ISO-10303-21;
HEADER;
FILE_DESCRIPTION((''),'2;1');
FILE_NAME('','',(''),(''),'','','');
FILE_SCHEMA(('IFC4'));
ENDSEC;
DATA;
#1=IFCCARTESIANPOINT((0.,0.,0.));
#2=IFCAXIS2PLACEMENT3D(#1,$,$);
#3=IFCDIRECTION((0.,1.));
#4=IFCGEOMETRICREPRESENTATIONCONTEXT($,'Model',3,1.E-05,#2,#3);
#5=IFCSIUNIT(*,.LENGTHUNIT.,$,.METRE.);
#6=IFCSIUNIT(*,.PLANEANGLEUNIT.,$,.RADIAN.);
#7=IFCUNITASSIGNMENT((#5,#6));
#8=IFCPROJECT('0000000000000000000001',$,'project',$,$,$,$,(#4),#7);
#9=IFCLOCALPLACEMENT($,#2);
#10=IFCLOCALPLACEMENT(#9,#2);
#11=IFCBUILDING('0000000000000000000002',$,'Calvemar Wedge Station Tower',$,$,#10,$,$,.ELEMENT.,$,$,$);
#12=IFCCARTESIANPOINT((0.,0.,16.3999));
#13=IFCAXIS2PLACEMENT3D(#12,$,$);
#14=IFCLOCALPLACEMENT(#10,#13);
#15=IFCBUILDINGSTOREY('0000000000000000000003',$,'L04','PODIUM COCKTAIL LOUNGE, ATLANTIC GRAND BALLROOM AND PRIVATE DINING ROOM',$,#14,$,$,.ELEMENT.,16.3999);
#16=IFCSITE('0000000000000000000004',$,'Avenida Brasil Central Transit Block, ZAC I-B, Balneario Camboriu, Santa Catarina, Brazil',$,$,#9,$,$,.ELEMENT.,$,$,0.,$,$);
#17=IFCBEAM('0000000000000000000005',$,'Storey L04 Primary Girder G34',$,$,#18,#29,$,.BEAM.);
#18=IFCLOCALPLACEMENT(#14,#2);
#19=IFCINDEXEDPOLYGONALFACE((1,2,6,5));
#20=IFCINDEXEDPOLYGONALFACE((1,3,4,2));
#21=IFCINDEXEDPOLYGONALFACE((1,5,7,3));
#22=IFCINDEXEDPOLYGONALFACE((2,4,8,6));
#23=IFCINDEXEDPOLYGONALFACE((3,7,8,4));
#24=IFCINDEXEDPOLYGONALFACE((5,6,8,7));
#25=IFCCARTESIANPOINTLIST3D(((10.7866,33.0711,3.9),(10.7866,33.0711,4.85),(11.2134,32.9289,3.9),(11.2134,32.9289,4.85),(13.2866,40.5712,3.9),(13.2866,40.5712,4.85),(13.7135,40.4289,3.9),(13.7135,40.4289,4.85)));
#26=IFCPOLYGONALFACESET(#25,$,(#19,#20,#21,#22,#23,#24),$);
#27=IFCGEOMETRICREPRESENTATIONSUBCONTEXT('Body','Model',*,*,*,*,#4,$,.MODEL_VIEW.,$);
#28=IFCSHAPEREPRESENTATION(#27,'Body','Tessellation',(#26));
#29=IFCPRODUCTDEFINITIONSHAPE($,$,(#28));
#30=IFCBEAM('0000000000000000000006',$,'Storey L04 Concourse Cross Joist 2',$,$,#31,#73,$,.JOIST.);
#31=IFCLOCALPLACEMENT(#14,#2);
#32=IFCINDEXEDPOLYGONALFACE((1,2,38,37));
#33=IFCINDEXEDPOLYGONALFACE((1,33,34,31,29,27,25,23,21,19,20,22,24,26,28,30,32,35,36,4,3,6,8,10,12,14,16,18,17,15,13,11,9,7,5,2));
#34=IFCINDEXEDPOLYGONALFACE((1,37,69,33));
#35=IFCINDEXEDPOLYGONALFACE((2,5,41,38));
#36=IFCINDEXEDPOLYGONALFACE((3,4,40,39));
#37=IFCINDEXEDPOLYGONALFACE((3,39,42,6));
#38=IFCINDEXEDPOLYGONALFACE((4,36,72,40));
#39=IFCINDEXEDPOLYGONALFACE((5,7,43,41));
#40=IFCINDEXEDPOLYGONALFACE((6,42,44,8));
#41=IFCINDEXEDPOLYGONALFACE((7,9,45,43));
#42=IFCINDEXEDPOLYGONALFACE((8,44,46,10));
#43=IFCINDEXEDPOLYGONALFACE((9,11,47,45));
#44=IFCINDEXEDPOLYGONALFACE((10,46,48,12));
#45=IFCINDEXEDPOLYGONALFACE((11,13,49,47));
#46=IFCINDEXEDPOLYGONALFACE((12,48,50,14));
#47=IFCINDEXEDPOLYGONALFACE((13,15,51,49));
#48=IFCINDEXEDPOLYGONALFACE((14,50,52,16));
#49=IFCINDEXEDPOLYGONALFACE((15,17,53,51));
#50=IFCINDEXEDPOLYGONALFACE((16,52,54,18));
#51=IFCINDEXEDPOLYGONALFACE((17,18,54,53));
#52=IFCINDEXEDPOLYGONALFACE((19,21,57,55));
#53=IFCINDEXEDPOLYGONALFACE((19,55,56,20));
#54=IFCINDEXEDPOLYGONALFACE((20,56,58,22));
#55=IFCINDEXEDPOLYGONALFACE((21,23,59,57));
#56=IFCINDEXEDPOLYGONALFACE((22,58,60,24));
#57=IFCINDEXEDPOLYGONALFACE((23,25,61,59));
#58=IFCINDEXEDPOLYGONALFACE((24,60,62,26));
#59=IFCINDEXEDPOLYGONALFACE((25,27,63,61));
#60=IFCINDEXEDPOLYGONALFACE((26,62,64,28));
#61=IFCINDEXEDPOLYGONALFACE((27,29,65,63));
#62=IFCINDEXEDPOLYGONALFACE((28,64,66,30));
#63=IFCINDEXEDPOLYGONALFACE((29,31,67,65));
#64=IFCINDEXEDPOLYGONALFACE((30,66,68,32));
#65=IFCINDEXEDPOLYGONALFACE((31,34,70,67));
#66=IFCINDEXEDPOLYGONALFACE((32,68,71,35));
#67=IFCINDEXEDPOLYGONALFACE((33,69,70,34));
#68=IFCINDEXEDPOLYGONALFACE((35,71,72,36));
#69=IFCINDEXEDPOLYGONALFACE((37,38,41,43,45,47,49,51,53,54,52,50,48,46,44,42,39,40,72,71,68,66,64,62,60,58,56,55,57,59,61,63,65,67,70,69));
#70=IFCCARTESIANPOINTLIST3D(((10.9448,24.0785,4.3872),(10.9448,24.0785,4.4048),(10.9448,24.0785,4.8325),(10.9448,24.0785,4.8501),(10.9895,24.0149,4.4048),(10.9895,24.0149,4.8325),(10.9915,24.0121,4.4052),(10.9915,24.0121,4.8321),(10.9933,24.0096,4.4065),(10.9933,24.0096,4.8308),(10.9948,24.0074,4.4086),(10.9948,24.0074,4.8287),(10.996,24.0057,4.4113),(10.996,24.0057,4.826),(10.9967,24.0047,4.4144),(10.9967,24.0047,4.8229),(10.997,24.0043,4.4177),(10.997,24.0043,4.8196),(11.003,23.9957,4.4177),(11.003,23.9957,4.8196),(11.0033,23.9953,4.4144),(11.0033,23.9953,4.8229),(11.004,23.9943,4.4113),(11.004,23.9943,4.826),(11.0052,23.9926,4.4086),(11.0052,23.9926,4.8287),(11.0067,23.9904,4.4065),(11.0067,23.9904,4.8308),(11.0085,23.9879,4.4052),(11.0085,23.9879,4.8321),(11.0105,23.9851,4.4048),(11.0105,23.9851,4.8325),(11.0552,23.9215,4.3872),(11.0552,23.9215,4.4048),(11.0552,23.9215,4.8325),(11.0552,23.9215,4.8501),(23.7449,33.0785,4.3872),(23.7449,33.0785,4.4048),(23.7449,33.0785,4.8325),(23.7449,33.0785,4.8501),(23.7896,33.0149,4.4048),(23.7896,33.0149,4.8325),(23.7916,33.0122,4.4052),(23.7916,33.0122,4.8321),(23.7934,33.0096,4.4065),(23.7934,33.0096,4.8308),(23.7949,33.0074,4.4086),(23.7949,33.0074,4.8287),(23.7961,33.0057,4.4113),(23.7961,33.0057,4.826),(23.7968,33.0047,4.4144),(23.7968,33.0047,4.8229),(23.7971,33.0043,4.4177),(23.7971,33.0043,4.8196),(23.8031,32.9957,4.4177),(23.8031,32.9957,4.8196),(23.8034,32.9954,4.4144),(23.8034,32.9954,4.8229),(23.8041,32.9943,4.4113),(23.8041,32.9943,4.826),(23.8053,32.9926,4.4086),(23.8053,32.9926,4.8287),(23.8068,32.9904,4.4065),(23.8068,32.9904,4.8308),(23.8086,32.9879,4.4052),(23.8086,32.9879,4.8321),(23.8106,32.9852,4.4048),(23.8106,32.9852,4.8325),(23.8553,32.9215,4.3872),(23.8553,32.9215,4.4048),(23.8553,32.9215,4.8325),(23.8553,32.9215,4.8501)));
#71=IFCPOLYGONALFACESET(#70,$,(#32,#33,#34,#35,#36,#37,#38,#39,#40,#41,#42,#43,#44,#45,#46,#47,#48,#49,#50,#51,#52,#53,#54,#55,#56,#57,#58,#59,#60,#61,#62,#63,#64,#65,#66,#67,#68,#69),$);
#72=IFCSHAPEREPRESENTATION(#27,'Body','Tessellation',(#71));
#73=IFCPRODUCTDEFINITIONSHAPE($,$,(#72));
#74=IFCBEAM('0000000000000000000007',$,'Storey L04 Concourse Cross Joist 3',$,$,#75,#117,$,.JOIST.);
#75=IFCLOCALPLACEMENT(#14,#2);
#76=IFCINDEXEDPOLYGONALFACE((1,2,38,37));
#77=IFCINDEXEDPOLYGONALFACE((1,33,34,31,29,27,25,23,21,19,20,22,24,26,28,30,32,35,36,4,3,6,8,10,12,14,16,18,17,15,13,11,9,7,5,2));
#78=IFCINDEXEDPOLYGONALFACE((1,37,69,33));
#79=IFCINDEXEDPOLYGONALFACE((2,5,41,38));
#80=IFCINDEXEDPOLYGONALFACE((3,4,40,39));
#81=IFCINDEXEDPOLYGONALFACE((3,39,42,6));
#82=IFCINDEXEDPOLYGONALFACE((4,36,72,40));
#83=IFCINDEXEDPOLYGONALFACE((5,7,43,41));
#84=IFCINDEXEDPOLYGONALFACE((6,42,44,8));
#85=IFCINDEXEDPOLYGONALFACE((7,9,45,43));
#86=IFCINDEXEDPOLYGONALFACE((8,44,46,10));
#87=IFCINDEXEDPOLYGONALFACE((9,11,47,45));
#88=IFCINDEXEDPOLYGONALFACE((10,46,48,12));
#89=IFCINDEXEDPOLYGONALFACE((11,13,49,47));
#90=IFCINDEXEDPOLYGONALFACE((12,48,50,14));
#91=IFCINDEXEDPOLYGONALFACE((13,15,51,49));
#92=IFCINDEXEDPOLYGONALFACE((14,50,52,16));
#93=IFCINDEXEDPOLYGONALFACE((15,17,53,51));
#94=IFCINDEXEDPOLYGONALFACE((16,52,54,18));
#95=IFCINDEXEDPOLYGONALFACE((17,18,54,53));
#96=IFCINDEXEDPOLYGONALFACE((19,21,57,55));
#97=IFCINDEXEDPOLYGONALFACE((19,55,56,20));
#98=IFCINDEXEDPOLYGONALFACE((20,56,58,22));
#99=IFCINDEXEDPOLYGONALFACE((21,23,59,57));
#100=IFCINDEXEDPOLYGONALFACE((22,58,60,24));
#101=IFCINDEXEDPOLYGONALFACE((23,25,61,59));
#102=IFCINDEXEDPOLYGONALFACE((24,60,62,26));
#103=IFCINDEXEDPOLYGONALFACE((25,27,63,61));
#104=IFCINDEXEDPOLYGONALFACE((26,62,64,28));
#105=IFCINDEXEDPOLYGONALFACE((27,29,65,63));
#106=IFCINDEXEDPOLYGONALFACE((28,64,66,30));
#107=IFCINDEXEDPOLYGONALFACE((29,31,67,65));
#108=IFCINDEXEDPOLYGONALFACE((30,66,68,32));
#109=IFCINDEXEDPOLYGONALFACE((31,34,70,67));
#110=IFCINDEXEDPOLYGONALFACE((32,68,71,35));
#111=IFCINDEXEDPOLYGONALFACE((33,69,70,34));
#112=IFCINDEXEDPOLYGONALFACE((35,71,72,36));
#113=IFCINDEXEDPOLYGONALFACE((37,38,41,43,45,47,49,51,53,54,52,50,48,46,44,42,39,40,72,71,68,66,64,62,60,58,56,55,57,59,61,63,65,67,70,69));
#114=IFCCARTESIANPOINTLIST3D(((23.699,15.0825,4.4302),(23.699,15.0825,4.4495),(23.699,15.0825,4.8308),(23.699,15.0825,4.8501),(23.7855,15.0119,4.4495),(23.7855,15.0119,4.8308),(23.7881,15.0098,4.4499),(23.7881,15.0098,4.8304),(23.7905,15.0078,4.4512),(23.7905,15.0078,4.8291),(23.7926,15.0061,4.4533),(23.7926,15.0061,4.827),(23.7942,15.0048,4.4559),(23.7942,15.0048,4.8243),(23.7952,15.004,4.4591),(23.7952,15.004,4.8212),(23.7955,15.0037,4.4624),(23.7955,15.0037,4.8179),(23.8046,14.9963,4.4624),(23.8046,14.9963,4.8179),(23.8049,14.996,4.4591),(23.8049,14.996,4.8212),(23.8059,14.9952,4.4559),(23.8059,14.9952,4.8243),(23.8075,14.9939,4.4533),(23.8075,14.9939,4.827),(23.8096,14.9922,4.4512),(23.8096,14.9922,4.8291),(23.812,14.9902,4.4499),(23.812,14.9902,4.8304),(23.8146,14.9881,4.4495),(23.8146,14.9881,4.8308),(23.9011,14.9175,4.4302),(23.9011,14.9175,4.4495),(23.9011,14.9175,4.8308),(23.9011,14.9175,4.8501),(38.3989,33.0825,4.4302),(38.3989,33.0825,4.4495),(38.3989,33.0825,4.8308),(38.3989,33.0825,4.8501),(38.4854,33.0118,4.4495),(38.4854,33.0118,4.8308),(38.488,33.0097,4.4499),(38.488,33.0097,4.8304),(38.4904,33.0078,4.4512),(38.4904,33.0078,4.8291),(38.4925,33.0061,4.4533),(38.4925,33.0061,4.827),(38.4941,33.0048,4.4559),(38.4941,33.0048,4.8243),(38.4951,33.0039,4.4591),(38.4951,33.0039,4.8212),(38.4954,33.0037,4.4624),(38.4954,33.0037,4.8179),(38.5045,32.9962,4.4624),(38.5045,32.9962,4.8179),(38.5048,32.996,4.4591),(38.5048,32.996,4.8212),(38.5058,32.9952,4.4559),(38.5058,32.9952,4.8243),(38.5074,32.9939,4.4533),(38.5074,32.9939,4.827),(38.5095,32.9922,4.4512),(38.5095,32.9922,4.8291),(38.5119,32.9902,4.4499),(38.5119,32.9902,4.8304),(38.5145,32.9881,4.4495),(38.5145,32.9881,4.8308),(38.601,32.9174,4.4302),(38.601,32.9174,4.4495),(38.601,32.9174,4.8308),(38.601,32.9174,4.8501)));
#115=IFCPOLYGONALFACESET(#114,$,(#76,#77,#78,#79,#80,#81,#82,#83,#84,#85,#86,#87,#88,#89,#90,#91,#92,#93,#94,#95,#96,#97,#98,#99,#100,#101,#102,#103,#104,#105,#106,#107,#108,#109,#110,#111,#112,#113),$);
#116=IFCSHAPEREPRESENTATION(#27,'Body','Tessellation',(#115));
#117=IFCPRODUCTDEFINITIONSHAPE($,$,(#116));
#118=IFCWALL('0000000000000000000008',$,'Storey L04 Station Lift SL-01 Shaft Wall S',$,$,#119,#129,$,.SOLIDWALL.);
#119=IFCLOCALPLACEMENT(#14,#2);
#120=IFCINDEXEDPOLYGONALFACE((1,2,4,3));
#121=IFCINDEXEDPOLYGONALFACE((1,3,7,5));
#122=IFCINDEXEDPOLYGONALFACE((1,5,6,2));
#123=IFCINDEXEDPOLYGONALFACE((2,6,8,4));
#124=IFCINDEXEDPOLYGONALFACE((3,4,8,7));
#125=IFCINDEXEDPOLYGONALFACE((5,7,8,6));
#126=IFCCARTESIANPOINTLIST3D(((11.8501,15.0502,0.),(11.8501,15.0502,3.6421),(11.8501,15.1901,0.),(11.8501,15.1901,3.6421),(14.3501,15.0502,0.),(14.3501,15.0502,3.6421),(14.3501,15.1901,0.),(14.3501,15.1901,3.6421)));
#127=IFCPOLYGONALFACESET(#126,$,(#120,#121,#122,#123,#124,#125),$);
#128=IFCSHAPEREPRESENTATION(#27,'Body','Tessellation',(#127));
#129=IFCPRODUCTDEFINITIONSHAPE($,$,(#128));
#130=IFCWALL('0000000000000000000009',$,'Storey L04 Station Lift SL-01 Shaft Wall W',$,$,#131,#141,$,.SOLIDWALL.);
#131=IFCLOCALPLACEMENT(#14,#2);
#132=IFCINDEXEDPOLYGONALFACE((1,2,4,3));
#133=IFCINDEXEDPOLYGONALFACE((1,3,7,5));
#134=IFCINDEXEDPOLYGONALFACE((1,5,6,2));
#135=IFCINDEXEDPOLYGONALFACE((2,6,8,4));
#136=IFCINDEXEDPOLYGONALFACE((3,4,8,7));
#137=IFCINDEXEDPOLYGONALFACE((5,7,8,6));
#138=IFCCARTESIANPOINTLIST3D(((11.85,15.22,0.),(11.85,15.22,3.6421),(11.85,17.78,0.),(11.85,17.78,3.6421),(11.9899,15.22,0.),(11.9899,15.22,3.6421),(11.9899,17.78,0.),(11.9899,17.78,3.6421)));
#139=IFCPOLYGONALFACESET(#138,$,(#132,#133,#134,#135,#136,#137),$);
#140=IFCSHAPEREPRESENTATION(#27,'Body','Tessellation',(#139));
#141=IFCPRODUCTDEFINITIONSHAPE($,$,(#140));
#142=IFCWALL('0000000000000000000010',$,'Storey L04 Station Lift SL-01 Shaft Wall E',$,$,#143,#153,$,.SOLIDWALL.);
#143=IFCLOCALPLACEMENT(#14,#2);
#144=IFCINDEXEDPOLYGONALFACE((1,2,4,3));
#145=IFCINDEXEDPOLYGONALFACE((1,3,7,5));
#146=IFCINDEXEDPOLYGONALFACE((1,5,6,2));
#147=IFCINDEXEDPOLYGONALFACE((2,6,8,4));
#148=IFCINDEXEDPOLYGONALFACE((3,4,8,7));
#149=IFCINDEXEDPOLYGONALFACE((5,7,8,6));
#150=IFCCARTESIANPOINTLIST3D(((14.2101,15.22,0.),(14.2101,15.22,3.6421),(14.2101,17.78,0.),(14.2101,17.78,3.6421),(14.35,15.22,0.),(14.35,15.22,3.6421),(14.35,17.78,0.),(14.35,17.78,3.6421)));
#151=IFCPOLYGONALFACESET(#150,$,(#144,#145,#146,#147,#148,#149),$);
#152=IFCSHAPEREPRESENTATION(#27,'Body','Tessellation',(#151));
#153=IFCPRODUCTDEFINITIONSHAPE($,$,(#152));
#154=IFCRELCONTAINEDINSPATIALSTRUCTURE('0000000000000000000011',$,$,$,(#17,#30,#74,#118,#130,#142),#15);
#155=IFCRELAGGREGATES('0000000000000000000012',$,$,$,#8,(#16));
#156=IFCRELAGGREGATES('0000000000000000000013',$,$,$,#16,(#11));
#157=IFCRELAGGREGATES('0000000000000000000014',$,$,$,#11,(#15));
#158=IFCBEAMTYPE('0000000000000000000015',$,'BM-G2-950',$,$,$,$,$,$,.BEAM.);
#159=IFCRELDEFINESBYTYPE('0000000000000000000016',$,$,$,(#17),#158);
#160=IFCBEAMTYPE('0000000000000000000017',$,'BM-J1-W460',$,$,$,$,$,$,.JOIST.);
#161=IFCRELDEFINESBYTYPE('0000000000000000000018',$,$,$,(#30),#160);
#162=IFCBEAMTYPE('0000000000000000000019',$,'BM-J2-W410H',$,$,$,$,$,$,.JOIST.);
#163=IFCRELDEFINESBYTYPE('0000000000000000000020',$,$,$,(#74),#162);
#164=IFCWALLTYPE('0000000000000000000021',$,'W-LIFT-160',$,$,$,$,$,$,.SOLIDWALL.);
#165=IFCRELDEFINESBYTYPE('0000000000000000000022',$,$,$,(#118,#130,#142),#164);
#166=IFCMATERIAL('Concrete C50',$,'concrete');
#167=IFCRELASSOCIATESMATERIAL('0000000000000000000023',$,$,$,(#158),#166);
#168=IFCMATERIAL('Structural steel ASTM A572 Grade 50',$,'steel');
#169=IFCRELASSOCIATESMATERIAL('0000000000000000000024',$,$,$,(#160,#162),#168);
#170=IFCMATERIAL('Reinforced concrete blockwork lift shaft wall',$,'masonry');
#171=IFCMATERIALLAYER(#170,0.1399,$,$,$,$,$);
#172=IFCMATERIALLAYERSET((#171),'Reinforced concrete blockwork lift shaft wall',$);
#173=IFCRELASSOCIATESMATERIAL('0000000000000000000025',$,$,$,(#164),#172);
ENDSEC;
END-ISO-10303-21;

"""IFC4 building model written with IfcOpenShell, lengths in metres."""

from ifc_helpers import new_model, si_unit, direction, frame, frame_2d, origin, origin_2d, place, context, subcontext, project, spatial, rectangle, i_section, extrude, source, transform, mapped, material, layer, layer_set, material_profile, profile_set, type_object, element, save


model = new_model("IFC4")

# Units and contexts
model_context = context("Model", 3, precision=1e-05, world=origin(), true_north=direction((0.0, 1.0)))
body_context = subcontext(model_context, "Body", "Model", "MODEL_VIEW")
ifc_project = project(units=[si_unit("LENGTHUNIT", "METRE"), si_unit("PLANEANGLEUNIT", "RADIAN")], contexts=[model_context])

# Site, building, storey
site_placement = place(None, origin())
site = spatial("IfcSite", under=ifc_project, at=site_placement, Name="Avenida Brasil Central Transit Block, ZAC I-B, Balneario Camboriu, Santa Catarina, Brazil", CompositionType="ELEMENT", RefElevation=0.0)
building_placement = place(site_placement, origin())
building = spatial("IfcBuilding", under=site, at=building_placement, Name="Calvemar Wedge Station Tower", CompositionType="ELEMENT")
storey_placement = place(building_placement, frame((0.0, 0.0, 16.3999)))
storey = spatial("IfcBuildingStorey", under=building, at=storey_placement, Name="L04", Description="PODIUM COCKTAIL LOUNGE, ATLANTIC GRAND BALLROOM AND PRIVATE DINING ROOM", CompositionType="ELEMENT", Elevation=16.3999)

# Beams
ifc_material_1 = material(Name="Structural steel ASTM A572 Grade 50", Category="steel")
ifc_material_2 = material(Name="Concrete C50", Category="concrete")
ifc_material_profile_1 = material_profile(ifc_material_2, rectangle(XDim=0.45, YDim=0.95, at=origin_2d()), Name="RC450x950")
ifc_profile_set_1 = profile_set([ifc_material_profile_1], Name="Concrete C50")
beam_type_1 = type_object("IfcBeamType", Name="BM-G2-950", PredefinedType="BEAM", material=ifc_profile_set_1)
shared_shape_1 = source(origin(), body_context, "Body", "SweptSolid", [
    extrude(rectangle(XDim=0.45, YDim=0.95, at=origin_2d()), origin(), (0.0, 0.0, 1.0), 7.9058),
])
beam_1_placement = place(storey_placement, frame((11.0, 33.0, 4.375), z_axis=(0.316228, 0.948683, 0.0), x_axis=(-0.948683, 0.316228, 0.0)))
element("IfcBeam", 1, at=beam_1_placement, inside=storey, type_object=beam_type_1, Name="Storey L04 Primary Girder G34", PredefinedType="BEAM", context=body_context, shape_type="MappedRepresentation", body=[
    mapped(shared_shape_1, transform((0.0, 0.0, 0.0), scale=1.0)),
])
ifc_material_profile_2 = material_profile(ifc_material_1, i_section(OverallWidth=0.1919, OverallDepth=0.4629, WebThickness=0.0105, FlangeThickness=0.0176, FilletRadius=0.0129, at=origin_2d()), Name="W460x89")
ifc_profile_set_2 = profile_set([ifc_material_profile_2], Name="Structural steel ASTM A572 Grade 50")
beam_type_2 = type_object("IfcBeamType", Name="BM-J1-W460", PredefinedType="JOIST", material=ifc_profile_set_2)
shared_shape_2 = source(origin(), body_context, "Body", "SweptSolid", [
    extrude(i_section(OverallWidth=0.1919, OverallDepth=0.4629, WebThickness=0.0105, FlangeThickness=0.0176, FilletRadius=0.0129, at=origin_2d()), origin(), (0.0, 0.0, 1.0), 15.6475),
])
beam_2_placement = place(storey_placement, frame((11.0, 24.0, 4.6187), z_axis=(0.81803, 0.575175, 0.0), x_axis=(-0.575175, 0.81803, 0.0)))
element("IfcBeam", 2, at=beam_2_placement, inside=storey, type_object=beam_type_2, Name="Storey L04 Concourse Cross Joist 2", PredefinedType="JOIST", context=body_context, shape_type="MappedRepresentation", body=[
    mapped(shared_shape_2, transform((0.0, 0.0, 0.0), scale=1.0)),
])
ifc_material_profile_3 = material_profile(ifc_material_1, i_section(OverallWidth=0.261, OverallDepth=0.4199, WebThickness=0.0117, FlangeThickness=0.0193, FilletRadius=0.0129, at=origin_2d()), Name="W410x114")
ifc_profile_set_3 = profile_set([ifc_material_profile_3], Name="Structural steel ASTM A572 Grade 50")
beam_type_3 = type_object("IfcBeamType", Name="BM-J2-W410H", PredefinedType="JOIST", material=ifc_profile_set_3)
shared_shape_3 = source(origin(), body_context, "Body", "SweptSolid", [
    extrude(i_section(OverallWidth=0.261, OverallDepth=0.4199, WebThickness=0.0117, FlangeThickness=0.0193, FilletRadius=0.0129, at=origin_2d()), origin(), (0.0, 0.0, 1.0), 23.2397),
])
beam_3_placement = place(storey_placement, frame((23.8, 15.0, 4.6401), z_axis=(0.632533, 0.774533, 0.0), x_axis=(-0.774533, 0.632533, 0.0)))
element("IfcBeam", 3, at=beam_3_placement, inside=storey, type_object=beam_type_3, Name="Storey L04 Concourse Cross Joist 3", PredefinedType="JOIST", context=body_context, shape_type="MappedRepresentation", body=[
    mapped(shared_shape_3, transform((0.0, 0.0, 0.0), scale=1.0)),
])

# Shared definitions
ifc_material_3 = material(Name="Reinforced concrete blockwork lift shaft wall", Category="masonry")
ifc_layer = layer(ifc_material_3, 0.1399)
ifc_layer_set = layer_set([ifc_layer], Name="Reinforced concrete blockwork lift shaft wall")
wall_type = type_object("IfcWallType", Name="W-LIFT-160", PredefinedType="SOLIDWALL", material=ifc_layer_set)

# Walls
wall_1_placement = place(storey_placement, frame((11.8501, 15.1201, 0.0), z_axis=(0.0, 0.0, 1.0), x_axis=(1.0, 0.0, 0.0)))
element("IfcWall", 4, at=wall_1_placement, inside=storey, type_object=wall_type, Name="Storey L04 Station Lift SL-01 Shaft Wall S", PredefinedType="SOLIDWALL", context=body_context, shape_type="SweptSolid", body=[
    extrude(rectangle(XDim=2.5, YDim=0.1399, at=frame_2d((1.25, 0.0))), origin(), (0.0, 0.0, 1.0), 3.6421),
])
for number, where, z_axis, x_axis, name in (
    (5, (11.9199, 15.22, 0.0), (0.0, 0.0, 1.0), (0.0, 1.0, 0.0), "Storey L04 Station Lift SL-01 Shaft Wall W"),
    (6, (14.28, 15.22, 0.0), (0.0, 0.0, 1.0), (0.0, 1.0, 0.0), "Storey L04 Station Lift SL-01 Shaft Wall E"),
):
    element("IfcWall", number, at=place(storey_placement, frame(where, z_axis=z_axis, x_axis=x_axis)), inside=storey, type_object=wall_type, Name=name, PredefinedType="SOLIDWALL", context=body_context, shape_type="SweptSolid", body=[
        extrude(rectangle(XDim=2.5601, YDim=0.1399, at=frame_2d((1.28, 0.0))), origin(), (0.0, 0.0, 1.0), 3.6421),
    ])

save(model, "model.ifc")
